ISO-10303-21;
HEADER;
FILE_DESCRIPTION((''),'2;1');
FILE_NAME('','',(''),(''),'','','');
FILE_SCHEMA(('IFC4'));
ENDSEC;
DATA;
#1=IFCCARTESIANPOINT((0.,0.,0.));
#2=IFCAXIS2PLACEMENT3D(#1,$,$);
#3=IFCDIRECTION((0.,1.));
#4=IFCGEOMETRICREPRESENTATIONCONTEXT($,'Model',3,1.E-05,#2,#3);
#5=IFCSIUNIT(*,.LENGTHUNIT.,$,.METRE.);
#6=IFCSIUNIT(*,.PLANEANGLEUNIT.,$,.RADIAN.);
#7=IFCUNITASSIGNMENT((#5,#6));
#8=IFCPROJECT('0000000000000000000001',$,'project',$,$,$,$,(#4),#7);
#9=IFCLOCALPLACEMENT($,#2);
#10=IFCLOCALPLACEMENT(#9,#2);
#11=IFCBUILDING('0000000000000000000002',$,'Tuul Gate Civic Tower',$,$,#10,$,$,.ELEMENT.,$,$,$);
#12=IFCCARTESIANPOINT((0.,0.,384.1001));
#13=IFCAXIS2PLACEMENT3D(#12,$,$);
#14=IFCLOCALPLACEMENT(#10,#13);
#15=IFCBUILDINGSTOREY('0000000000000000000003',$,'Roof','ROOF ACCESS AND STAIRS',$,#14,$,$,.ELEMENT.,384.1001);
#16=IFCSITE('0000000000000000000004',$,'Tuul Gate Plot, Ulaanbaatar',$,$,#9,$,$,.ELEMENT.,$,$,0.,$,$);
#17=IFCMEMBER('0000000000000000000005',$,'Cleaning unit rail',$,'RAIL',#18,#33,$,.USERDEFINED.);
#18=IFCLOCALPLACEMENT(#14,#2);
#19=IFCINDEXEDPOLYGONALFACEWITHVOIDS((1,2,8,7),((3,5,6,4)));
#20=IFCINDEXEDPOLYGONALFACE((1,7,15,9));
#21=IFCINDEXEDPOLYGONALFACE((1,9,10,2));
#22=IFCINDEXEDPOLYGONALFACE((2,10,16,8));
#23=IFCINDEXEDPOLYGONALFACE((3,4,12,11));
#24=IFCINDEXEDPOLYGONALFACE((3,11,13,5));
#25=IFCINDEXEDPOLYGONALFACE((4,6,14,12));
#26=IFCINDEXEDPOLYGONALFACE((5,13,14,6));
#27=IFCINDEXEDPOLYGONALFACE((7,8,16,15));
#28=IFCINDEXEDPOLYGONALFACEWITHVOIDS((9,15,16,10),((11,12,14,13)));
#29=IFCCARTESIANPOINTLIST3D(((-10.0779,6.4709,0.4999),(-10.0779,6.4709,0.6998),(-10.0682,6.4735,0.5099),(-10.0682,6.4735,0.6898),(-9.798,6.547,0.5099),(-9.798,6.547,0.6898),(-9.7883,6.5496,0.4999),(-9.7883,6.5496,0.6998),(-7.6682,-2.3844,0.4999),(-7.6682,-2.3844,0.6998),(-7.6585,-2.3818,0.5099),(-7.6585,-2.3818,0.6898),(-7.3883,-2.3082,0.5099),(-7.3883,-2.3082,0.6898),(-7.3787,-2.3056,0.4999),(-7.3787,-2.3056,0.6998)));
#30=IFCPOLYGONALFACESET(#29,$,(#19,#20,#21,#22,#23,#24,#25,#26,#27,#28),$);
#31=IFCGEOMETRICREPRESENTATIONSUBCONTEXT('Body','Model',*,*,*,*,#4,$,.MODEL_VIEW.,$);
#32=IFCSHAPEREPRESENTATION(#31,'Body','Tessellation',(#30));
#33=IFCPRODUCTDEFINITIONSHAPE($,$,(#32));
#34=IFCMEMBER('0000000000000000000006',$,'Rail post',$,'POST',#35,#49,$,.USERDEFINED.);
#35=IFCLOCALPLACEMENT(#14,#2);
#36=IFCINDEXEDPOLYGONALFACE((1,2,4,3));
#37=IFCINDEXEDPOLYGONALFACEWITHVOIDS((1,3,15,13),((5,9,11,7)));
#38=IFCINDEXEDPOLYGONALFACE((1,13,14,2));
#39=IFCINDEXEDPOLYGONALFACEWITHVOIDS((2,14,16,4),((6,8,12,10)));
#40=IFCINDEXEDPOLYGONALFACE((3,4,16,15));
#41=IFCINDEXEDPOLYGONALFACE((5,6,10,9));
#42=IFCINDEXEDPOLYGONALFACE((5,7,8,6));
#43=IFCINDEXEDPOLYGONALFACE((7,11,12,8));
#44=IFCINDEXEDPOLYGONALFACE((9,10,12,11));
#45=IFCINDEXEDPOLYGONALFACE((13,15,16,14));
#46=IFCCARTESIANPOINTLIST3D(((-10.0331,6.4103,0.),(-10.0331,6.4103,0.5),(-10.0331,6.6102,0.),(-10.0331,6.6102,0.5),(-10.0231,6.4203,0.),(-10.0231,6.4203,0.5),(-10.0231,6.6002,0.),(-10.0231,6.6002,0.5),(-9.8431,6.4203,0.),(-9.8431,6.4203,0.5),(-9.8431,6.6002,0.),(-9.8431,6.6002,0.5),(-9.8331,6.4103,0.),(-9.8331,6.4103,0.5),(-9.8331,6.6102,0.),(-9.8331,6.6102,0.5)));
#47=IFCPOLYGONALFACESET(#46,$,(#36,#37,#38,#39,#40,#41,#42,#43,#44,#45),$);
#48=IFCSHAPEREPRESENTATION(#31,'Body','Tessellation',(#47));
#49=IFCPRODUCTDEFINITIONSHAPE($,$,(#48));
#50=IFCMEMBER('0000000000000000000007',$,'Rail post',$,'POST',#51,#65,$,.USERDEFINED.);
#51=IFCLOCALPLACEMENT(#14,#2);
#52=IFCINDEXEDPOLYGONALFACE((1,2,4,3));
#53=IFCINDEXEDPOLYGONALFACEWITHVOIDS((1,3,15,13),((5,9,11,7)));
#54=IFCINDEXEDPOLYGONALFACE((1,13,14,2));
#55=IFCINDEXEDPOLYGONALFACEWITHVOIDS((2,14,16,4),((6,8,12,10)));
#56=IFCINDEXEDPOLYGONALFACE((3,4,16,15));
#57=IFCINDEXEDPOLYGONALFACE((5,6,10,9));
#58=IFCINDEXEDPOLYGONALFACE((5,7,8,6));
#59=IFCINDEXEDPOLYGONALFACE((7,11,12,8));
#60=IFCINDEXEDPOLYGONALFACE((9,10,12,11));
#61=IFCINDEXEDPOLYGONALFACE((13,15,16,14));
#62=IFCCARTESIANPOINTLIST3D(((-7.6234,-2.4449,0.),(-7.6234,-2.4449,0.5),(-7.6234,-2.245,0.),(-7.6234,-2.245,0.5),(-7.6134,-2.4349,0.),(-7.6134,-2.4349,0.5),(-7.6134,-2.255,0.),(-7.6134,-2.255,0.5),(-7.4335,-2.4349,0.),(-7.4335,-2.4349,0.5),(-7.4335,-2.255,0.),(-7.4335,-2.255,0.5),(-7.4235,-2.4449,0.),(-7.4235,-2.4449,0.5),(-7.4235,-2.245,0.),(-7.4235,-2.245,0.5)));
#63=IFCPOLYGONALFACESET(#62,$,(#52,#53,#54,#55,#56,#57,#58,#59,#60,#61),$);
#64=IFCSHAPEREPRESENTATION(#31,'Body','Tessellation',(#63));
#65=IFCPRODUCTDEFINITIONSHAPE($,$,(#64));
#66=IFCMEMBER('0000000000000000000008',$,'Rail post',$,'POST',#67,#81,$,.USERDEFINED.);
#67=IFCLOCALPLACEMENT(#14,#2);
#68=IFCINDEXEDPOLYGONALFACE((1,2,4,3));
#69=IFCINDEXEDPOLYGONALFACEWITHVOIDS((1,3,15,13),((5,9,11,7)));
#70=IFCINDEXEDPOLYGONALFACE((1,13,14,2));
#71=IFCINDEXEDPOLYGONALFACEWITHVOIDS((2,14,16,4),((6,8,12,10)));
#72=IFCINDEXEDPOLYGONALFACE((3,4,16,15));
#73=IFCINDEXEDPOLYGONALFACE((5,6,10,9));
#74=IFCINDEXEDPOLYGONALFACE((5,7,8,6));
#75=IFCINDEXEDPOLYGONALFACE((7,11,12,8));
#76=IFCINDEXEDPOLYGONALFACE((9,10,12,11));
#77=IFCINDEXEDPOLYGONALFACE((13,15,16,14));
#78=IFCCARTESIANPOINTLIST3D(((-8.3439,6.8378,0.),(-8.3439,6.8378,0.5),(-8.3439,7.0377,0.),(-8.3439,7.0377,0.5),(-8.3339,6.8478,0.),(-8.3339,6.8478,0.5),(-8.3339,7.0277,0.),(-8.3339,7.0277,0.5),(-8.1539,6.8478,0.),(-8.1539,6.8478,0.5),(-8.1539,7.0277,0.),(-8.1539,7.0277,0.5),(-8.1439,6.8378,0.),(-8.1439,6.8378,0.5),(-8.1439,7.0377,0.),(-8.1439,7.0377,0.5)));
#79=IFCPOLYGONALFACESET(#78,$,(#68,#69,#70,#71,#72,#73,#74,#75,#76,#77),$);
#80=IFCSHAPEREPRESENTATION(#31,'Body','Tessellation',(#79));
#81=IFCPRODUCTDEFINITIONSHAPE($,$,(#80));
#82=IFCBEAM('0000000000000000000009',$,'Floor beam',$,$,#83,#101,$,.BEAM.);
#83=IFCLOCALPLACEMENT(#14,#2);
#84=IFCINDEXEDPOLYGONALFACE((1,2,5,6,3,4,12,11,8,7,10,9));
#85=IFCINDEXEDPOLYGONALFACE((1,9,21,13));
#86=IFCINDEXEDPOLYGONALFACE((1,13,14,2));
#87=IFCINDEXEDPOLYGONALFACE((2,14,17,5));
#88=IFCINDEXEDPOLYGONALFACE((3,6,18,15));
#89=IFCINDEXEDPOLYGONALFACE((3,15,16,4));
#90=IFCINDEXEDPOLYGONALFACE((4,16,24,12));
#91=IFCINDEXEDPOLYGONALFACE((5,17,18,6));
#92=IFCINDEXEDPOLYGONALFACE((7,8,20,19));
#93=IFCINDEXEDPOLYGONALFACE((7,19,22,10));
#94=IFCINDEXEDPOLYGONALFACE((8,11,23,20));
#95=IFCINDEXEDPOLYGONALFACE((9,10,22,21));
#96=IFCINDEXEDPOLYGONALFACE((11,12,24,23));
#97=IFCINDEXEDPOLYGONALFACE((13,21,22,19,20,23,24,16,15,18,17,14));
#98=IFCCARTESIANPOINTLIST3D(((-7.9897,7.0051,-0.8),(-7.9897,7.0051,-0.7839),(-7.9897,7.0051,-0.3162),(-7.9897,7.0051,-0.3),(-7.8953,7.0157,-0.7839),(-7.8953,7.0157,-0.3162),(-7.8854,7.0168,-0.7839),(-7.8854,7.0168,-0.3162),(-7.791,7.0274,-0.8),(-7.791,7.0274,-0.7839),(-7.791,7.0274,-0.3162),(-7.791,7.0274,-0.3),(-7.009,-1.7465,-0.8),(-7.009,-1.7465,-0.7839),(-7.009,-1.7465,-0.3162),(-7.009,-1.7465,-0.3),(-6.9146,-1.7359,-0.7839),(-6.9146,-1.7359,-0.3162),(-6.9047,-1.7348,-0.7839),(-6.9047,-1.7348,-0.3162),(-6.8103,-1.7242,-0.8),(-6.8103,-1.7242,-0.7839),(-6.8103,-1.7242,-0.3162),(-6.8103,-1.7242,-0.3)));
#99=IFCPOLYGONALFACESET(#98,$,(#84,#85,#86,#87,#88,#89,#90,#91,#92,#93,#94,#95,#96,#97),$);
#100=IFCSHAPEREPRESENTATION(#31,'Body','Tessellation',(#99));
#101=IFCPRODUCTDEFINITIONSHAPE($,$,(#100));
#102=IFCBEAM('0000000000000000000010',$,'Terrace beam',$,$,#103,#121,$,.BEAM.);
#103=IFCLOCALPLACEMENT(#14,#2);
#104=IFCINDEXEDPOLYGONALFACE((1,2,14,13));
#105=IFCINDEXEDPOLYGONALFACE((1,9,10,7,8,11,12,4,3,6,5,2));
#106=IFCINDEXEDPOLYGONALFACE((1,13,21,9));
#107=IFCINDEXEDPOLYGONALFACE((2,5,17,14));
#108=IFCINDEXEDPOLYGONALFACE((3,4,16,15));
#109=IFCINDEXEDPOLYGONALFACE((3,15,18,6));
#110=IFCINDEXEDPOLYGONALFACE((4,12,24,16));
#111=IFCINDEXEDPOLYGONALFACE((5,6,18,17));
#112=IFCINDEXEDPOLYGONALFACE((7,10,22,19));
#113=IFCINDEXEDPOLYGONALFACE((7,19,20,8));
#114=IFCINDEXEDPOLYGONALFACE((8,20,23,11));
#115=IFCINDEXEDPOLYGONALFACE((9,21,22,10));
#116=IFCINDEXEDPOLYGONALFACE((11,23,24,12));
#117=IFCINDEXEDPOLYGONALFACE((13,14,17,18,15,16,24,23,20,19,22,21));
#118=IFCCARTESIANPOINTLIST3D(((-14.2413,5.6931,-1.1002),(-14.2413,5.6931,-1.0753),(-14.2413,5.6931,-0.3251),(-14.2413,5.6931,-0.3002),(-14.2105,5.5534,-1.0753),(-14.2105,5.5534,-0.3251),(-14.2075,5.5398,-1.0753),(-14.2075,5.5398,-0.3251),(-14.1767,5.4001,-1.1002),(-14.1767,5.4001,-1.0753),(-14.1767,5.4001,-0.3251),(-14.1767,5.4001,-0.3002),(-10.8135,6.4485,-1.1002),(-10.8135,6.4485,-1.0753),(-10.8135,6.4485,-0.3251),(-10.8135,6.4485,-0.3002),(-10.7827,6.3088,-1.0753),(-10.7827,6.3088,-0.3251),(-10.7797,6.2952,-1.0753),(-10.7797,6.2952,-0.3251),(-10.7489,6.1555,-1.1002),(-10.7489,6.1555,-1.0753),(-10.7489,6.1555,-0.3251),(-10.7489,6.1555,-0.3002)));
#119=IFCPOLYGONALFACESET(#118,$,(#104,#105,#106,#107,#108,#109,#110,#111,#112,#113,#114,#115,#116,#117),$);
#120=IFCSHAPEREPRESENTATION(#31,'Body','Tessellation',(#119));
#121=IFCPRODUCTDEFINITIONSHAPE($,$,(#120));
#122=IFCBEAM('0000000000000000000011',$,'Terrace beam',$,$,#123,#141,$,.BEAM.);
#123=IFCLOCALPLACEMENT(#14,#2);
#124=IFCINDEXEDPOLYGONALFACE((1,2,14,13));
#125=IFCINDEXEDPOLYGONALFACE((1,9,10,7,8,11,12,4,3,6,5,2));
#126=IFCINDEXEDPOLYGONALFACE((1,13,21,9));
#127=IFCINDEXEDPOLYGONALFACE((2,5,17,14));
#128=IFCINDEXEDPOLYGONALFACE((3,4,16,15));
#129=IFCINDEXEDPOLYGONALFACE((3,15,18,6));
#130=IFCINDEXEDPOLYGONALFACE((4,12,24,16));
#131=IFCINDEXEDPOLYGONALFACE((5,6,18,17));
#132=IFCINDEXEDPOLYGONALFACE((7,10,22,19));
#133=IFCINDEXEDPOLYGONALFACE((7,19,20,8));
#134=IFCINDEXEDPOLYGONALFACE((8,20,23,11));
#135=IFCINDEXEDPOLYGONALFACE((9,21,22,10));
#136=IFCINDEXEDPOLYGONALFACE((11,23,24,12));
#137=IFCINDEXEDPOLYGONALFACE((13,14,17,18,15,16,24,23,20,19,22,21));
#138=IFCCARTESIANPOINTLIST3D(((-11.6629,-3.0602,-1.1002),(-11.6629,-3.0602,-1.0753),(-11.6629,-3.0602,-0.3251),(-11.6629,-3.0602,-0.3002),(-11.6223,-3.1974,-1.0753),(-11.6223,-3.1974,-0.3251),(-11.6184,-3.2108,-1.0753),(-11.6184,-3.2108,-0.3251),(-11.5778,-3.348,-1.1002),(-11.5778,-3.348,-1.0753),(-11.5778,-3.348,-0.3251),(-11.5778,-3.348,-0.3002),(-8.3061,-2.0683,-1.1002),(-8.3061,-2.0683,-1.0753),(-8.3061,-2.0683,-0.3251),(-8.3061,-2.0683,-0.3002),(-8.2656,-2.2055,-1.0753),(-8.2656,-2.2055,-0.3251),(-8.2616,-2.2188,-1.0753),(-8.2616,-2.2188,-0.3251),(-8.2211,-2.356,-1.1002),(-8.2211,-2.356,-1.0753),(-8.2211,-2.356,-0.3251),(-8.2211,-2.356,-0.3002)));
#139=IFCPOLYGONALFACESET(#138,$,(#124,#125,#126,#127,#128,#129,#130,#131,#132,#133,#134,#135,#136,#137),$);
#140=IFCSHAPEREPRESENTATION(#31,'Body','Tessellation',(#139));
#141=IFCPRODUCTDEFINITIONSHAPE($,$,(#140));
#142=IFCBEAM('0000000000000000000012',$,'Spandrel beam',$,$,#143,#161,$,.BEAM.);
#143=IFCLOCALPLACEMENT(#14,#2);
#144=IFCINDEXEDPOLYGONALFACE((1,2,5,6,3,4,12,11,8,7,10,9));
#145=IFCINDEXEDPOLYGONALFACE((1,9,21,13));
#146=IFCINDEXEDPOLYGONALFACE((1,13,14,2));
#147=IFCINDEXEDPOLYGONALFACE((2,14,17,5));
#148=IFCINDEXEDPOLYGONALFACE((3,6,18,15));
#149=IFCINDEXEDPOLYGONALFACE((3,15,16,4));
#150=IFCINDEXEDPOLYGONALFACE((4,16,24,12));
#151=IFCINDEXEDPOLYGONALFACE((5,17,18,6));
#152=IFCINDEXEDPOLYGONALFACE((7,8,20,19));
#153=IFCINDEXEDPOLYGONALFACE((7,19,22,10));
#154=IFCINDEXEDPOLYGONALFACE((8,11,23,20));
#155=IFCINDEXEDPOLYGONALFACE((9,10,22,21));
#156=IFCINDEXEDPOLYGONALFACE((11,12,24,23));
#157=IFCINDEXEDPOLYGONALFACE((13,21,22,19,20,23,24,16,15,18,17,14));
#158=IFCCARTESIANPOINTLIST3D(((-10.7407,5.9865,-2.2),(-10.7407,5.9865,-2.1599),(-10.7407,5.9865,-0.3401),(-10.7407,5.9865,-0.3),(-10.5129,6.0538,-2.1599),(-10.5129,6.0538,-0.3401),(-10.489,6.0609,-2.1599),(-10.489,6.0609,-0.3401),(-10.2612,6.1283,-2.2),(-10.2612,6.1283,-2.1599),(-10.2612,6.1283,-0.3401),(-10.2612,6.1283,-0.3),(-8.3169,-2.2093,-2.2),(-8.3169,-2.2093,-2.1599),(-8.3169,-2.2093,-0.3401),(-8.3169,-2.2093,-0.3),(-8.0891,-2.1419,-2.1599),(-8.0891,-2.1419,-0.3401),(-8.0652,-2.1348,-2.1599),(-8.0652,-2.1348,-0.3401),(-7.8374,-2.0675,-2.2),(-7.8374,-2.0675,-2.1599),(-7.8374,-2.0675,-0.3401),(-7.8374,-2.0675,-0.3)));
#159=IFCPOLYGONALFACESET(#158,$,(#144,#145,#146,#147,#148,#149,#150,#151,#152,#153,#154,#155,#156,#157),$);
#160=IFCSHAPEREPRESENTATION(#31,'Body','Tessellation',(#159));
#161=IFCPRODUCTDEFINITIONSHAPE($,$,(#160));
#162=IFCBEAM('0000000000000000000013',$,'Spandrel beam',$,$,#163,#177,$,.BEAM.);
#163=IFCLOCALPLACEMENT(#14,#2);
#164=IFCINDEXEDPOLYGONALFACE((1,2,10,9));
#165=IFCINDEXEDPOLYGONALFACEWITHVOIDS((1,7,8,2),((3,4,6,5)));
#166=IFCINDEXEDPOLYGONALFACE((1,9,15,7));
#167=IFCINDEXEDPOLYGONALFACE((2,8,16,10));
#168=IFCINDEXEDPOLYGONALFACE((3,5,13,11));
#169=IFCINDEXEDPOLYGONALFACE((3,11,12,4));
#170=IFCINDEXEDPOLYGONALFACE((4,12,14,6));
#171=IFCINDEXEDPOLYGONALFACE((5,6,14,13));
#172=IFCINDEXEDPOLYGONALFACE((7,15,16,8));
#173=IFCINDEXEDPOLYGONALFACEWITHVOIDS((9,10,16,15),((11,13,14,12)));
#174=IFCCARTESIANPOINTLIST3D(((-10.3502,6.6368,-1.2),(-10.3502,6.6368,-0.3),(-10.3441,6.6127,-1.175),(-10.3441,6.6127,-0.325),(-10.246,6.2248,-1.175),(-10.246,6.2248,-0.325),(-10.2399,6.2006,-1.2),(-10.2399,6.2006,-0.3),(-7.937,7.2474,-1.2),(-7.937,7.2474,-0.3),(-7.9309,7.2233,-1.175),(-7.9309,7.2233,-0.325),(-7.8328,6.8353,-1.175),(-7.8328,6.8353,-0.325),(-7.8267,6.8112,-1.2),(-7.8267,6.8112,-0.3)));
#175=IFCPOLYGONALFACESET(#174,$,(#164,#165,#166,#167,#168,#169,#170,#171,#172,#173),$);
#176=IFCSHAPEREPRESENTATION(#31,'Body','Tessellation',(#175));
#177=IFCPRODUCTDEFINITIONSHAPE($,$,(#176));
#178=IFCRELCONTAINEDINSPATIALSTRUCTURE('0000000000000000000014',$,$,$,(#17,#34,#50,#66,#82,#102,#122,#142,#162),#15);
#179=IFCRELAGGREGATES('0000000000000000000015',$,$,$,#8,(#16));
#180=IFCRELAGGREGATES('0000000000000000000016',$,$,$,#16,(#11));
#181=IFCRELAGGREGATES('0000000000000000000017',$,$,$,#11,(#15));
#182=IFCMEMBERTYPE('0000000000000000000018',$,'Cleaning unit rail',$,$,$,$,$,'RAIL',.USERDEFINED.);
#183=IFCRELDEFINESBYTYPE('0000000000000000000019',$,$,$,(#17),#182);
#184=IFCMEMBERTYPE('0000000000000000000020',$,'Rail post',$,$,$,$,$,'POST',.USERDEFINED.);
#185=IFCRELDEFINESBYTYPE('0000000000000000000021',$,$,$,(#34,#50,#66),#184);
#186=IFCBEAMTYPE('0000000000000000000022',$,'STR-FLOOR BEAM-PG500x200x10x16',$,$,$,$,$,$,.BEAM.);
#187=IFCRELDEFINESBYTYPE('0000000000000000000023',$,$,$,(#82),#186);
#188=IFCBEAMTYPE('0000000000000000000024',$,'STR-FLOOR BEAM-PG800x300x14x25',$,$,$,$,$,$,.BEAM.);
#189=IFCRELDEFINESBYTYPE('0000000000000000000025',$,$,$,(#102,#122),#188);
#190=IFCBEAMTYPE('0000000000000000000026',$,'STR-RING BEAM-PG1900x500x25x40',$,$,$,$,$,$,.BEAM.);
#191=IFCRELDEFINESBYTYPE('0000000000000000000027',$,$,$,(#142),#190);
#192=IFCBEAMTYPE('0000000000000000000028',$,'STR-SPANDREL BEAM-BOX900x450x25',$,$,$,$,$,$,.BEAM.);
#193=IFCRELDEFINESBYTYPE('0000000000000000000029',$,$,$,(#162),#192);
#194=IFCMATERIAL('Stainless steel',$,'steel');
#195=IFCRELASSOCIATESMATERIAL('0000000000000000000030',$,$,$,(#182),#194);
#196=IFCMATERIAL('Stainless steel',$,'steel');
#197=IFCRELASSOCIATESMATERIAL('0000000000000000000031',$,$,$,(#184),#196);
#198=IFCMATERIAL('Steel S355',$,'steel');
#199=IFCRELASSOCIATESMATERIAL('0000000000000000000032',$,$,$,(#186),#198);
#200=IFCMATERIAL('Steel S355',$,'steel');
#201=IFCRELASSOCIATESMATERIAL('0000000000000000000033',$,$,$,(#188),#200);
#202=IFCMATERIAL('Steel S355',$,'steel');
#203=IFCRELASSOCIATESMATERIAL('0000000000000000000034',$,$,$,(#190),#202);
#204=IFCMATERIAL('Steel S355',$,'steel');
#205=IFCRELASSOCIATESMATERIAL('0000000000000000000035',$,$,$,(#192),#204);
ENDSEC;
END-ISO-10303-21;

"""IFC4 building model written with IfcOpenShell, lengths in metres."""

from ifc_helpers import new_model, si_unit, direction, frame, origin, origin_2d, place, context, subcontext, project, spatial, hollow_rectangle, i_section, extrude, material, material_profile, profile_set, type_object, element, save


model = new_model("IFC4")

# Units and contexts
model_context = context("Model", 3, precision=1e-05, world=origin(), true_north=direction((0.0, 1.0)))
body_context = subcontext(model_context, "Body", "Model", "MODEL_VIEW")
ifc_project = project(units=[si_unit("LENGTHUNIT", "METRE"), si_unit("PLANEANGLEUNIT", "RADIAN")], contexts=[model_context])

# Site, building, storey
site_placement = place(None, origin())
site = spatial("IfcSite", under=ifc_project, at=site_placement, Name="Tuul Gate Plot, Ulaanbaatar", CompositionType="ELEMENT", RefElevation=0.0)
building_placement = place(site_placement, origin())
building = spatial("IfcBuilding", under=site, at=building_placement, Name="Tuul Gate Civic Tower", CompositionType="ELEMENT")
storey_placement = place(building_placement, frame((0.0, 0.0, 384.1001)))
storey = spatial("IfcBuildingStorey", under=building, at=storey_placement, Name="Roof", Description="ROOF ACCESS AND STAIRS", CompositionType="ELEMENT", Elevation=384.1001)

# Members
ifc_material_1 = material(Name="Stainless steel", Category="steel")
ifc_material_profile_1 = material_profile(ifc_material_1, hollow_rectangle(XDim=0.3, YDim=0.2, WallThickness=0.01, at=origin_2d()), Name="Cleaning unit rail")
ifc_profile_set_1 = profile_set([ifc_material_profile_1], Name="Stainless steel")
member_type_1 = type_object("IfcMemberType", Name="Cleaning unit rail", ElementType="RAIL", PredefinedType="USERDEFINED", material=ifc_profile_set_1)
member_placement = place(storey_placement, frame((-9.9331, 6.5103, 0.5999), z_axis=(0.26257, -0.964913, 0.0), x_axis=(0.964913, 0.26257, 0.0)))
element("IfcMember", 1, at=member_placement, inside=storey, type_object=member_type_1, Name="Cleaning unit rail", ObjectType="RAIL", PredefinedType="USERDEFINED", context=body_context, shape_type="SweptSolid", body=[
    extrude(hollow_rectangle(XDim=0.3, YDim=0.2, WallThickness=0.01, at=origin_2d()), origin(), (0.0, 0.0, 1.0), 9.1772),
])
ifc_material_2 = material(Name="Stainless steel", Category="steel")
ifc_material_profile_2 = material_profile(ifc_material_2, hollow_rectangle(XDim=0.2, YDim=0.2, WallThickness=0.01, at=origin_2d()), Name="Rail post")
ifc_profile_set_2 = profile_set([ifc_material_profile_2], Name="Stainless steel")
member_type_2 = type_object("IfcMemberType", Name="Rail post", ElementType="POST", PredefinedType="USERDEFINED", material=ifc_profile_set_2)
for number, where, z_axis, x_axis, name in (
    (2, (-9.9331, 6.5103, 0.0), (0.0, 0.0, 1.0), (1.0, 0.0, 0.0), "Rail post"),
    (3, (-7.5234, -2.345, 0.0), (0.0, 0.0, 1.0), (1.0, 0.0, 0.0), "Rail post"),
    (4, (-8.2439, 6.9377, 0.0), (0.0, 0.0, 1.0), (1.0, 0.0, 0.0), "Rail post"),
):
    element("IfcMember", number, at=place(storey_placement, frame(where, z_axis=z_axis, x_axis=x_axis)), inside=storey, type_object=member_type_2, Name=name, ObjectType="POST", PredefinedType="USERDEFINED", context=body_context, shape_type="SweptSolid", body=[
        extrude(hollow_rectangle(XDim=0.2, YDim=0.2, WallThickness=0.01, at=origin_2d()), origin(), (0.0, 0.0, 1.0), 0.5),
    ])

# Beams
ifc_material_3 = material(Name="Steel S355", Category="steel")
ifc_material_profile_3 = material_profile(ifc_material_3, i_section(OverallWidth=0.2, OverallDepth=0.5, WebThickness=0.01, FlangeThickness=0.0161, at=origin_2d()), Name="PG500x200x10x16")
ifc_profile_set_3 = profile_set([ifc_material_profile_3], Name="Steel S355")
beam_type_1 = type_object("IfcBeamType", Name="STR-FLOOR BEAM-PG500x200x10x16", PredefinedType="BEAM", material=ifc_profile_set_3)
beam_1_placement = place(storey_placement, frame((-6.9097, -1.7354, -0.55), z_axis=(-0.111363, 0.99378, 0.0), x_axis=(-0.99378, -0.111363, 0.0)))
element("IfcBeam", 5, at=beam_1_placement, inside=storey, type_object=beam_type_1, Name="Floor beam", PredefinedType="BEAM", context=body_context, shape_type="SweptSolid", body=[
    extrude(i_section(OverallWidth=0.2, OverallDepth=0.5, WebThickness=0.01, FlangeThickness=0.0161, at=origin_2d()), origin(), (0.0, 0.0, 1.0), 8.8064),
])
ifc_material_4 = material(Name="Steel S355", Category="steel")
ifc_material_profile_4 = material_profile(ifc_material_4, i_section(OverallWidth=0.3, OverallDepth=0.8, WebThickness=0.0139, FlangeThickness=0.0249, at=origin_2d()), Name="PG800x300x14x25")
ifc_profile_set_4 = profile_set([ifc_material_profile_4], Name="Steel S355")
beam_type_2 = type_object("IfcBeamType", Name="STR-FLOOR BEAM-PG800x300x14x25", PredefinedType="BEAM", material=ifc_profile_set_4)
beam_2_placement = place(storey_placement, frame((-14.209, 5.5466, -0.7002), z_axis=(0.976569, 0.215207, 0.0), x_axis=(-0.215207, 0.976569, 0.0)))
element("IfcBeam", 6, at=beam_2_placement, inside=storey, type_object=beam_type_2, Name="Terrace beam", PredefinedType="BEAM", context=body_context, shape_type="SweptSolid", body=[
    extrude(i_section(OverallWidth=0.3, OverallDepth=0.8, WebThickness=0.0139, FlangeThickness=0.0249, at=origin_2d()), origin(), (0.0, 0.0, 1.0), 3.51),
])
beam_3_placement = place(storey_placement, frame((-11.6204, -3.2041, -0.7002), z_axis=(0.959003, 0.283397, 0.0), x_axis=(-0.283397, 0.959003, 0.0)))
element("IfcBeam", 7, at=beam_3_placement, inside=storey, type_object=beam_type_2, Name="Terrace beam", PredefinedType="BEAM", context=body_context, shape_type="SweptSolid", body=[
    extrude(i_section(OverallWidth=0.3, OverallDepth=0.8, WebThickness=0.0139, FlangeThickness=0.0249, at=origin_2d()), origin(), (0.0, 0.0, 1.0), 3.5002),
])
ifc_material_5 = material(Name="Steel S355", Category="steel")
ifc_material_profile_5 = material_profile(ifc_material_5, i_section(OverallWidth=0.5, OverallDepth=1.8999, WebThickness=0.0249, FlangeThickness=0.04, at=origin_2d()), Name="PG1900x500x25x40")
ifc_profile_set_5 = profile_set([ifc_material_profile_5], Name="Steel S355")
beam_type_3 = type_object("IfcBeamType", Name="STR-RING BEAM-PG1900x500x25x40", PredefinedType="BEAM", material=ifc_profile_set_5)
beam_4_placement = place(storey_placement, frame((-10.501, 6.0574, -1.25), z_axis=(0.283598, -0.958943, 0.0), x_axis=(0.958943, 0.283598, 0.0)))
element("IfcBeam", 8, at=beam_4_placement, inside=storey, type_object=beam_type_3, Name="Spandrel beam", PredefinedType="BEAM", context=body_context, shape_type="SweptSolid", body=[
    extrude(i_section(OverallWidth=0.5, OverallDepth=1.8999, WebThickness=0.0249, FlangeThickness=0.04, at=origin_2d()), origin(), (0.0, 0.0, 1.0), 8.5466),
])
ifc_material_6 = material(Name="Steel S355", Category="steel")
ifc_material_profile_6 = material_profile(ifc_material_6, hollow_rectangle(XDim=0.45, YDim=0.8999, WallThickness=0.0249, at=origin_2d()), Name="BOX900x450x25")
ifc_profile_set_6 = profile_set([ifc_material_profile_6], Name="Steel S355")
beam_type_4 = type_object("IfcBeamType", Name="STR-SPANDREL BEAM-BOX900x450x25", PredefinedType="BEAM", material=ifc_profile_set_6)
beam_5_placement = place(storey_placement, frame((-7.8818, 7.0293, -0.75), z_axis=(-0.969452, -0.245281, 0.0), x_axis=(0.245281, -0.969452, 0.0)))
element("IfcBeam", 9, at=beam_5_placement, inside=storey, type_object=beam_type_4, Name="Spandrel beam", PredefinedType="BEAM", context=body_context, shape_type="SweptSolid", body=[
    extrude(hollow_rectangle(XDim=0.45, YDim=0.8999, WallThickness=0.0249, at=origin_2d()), origin(), (0.0, 0.0, 1.0), 2.4893),
])

save(model, "model.ifc")
